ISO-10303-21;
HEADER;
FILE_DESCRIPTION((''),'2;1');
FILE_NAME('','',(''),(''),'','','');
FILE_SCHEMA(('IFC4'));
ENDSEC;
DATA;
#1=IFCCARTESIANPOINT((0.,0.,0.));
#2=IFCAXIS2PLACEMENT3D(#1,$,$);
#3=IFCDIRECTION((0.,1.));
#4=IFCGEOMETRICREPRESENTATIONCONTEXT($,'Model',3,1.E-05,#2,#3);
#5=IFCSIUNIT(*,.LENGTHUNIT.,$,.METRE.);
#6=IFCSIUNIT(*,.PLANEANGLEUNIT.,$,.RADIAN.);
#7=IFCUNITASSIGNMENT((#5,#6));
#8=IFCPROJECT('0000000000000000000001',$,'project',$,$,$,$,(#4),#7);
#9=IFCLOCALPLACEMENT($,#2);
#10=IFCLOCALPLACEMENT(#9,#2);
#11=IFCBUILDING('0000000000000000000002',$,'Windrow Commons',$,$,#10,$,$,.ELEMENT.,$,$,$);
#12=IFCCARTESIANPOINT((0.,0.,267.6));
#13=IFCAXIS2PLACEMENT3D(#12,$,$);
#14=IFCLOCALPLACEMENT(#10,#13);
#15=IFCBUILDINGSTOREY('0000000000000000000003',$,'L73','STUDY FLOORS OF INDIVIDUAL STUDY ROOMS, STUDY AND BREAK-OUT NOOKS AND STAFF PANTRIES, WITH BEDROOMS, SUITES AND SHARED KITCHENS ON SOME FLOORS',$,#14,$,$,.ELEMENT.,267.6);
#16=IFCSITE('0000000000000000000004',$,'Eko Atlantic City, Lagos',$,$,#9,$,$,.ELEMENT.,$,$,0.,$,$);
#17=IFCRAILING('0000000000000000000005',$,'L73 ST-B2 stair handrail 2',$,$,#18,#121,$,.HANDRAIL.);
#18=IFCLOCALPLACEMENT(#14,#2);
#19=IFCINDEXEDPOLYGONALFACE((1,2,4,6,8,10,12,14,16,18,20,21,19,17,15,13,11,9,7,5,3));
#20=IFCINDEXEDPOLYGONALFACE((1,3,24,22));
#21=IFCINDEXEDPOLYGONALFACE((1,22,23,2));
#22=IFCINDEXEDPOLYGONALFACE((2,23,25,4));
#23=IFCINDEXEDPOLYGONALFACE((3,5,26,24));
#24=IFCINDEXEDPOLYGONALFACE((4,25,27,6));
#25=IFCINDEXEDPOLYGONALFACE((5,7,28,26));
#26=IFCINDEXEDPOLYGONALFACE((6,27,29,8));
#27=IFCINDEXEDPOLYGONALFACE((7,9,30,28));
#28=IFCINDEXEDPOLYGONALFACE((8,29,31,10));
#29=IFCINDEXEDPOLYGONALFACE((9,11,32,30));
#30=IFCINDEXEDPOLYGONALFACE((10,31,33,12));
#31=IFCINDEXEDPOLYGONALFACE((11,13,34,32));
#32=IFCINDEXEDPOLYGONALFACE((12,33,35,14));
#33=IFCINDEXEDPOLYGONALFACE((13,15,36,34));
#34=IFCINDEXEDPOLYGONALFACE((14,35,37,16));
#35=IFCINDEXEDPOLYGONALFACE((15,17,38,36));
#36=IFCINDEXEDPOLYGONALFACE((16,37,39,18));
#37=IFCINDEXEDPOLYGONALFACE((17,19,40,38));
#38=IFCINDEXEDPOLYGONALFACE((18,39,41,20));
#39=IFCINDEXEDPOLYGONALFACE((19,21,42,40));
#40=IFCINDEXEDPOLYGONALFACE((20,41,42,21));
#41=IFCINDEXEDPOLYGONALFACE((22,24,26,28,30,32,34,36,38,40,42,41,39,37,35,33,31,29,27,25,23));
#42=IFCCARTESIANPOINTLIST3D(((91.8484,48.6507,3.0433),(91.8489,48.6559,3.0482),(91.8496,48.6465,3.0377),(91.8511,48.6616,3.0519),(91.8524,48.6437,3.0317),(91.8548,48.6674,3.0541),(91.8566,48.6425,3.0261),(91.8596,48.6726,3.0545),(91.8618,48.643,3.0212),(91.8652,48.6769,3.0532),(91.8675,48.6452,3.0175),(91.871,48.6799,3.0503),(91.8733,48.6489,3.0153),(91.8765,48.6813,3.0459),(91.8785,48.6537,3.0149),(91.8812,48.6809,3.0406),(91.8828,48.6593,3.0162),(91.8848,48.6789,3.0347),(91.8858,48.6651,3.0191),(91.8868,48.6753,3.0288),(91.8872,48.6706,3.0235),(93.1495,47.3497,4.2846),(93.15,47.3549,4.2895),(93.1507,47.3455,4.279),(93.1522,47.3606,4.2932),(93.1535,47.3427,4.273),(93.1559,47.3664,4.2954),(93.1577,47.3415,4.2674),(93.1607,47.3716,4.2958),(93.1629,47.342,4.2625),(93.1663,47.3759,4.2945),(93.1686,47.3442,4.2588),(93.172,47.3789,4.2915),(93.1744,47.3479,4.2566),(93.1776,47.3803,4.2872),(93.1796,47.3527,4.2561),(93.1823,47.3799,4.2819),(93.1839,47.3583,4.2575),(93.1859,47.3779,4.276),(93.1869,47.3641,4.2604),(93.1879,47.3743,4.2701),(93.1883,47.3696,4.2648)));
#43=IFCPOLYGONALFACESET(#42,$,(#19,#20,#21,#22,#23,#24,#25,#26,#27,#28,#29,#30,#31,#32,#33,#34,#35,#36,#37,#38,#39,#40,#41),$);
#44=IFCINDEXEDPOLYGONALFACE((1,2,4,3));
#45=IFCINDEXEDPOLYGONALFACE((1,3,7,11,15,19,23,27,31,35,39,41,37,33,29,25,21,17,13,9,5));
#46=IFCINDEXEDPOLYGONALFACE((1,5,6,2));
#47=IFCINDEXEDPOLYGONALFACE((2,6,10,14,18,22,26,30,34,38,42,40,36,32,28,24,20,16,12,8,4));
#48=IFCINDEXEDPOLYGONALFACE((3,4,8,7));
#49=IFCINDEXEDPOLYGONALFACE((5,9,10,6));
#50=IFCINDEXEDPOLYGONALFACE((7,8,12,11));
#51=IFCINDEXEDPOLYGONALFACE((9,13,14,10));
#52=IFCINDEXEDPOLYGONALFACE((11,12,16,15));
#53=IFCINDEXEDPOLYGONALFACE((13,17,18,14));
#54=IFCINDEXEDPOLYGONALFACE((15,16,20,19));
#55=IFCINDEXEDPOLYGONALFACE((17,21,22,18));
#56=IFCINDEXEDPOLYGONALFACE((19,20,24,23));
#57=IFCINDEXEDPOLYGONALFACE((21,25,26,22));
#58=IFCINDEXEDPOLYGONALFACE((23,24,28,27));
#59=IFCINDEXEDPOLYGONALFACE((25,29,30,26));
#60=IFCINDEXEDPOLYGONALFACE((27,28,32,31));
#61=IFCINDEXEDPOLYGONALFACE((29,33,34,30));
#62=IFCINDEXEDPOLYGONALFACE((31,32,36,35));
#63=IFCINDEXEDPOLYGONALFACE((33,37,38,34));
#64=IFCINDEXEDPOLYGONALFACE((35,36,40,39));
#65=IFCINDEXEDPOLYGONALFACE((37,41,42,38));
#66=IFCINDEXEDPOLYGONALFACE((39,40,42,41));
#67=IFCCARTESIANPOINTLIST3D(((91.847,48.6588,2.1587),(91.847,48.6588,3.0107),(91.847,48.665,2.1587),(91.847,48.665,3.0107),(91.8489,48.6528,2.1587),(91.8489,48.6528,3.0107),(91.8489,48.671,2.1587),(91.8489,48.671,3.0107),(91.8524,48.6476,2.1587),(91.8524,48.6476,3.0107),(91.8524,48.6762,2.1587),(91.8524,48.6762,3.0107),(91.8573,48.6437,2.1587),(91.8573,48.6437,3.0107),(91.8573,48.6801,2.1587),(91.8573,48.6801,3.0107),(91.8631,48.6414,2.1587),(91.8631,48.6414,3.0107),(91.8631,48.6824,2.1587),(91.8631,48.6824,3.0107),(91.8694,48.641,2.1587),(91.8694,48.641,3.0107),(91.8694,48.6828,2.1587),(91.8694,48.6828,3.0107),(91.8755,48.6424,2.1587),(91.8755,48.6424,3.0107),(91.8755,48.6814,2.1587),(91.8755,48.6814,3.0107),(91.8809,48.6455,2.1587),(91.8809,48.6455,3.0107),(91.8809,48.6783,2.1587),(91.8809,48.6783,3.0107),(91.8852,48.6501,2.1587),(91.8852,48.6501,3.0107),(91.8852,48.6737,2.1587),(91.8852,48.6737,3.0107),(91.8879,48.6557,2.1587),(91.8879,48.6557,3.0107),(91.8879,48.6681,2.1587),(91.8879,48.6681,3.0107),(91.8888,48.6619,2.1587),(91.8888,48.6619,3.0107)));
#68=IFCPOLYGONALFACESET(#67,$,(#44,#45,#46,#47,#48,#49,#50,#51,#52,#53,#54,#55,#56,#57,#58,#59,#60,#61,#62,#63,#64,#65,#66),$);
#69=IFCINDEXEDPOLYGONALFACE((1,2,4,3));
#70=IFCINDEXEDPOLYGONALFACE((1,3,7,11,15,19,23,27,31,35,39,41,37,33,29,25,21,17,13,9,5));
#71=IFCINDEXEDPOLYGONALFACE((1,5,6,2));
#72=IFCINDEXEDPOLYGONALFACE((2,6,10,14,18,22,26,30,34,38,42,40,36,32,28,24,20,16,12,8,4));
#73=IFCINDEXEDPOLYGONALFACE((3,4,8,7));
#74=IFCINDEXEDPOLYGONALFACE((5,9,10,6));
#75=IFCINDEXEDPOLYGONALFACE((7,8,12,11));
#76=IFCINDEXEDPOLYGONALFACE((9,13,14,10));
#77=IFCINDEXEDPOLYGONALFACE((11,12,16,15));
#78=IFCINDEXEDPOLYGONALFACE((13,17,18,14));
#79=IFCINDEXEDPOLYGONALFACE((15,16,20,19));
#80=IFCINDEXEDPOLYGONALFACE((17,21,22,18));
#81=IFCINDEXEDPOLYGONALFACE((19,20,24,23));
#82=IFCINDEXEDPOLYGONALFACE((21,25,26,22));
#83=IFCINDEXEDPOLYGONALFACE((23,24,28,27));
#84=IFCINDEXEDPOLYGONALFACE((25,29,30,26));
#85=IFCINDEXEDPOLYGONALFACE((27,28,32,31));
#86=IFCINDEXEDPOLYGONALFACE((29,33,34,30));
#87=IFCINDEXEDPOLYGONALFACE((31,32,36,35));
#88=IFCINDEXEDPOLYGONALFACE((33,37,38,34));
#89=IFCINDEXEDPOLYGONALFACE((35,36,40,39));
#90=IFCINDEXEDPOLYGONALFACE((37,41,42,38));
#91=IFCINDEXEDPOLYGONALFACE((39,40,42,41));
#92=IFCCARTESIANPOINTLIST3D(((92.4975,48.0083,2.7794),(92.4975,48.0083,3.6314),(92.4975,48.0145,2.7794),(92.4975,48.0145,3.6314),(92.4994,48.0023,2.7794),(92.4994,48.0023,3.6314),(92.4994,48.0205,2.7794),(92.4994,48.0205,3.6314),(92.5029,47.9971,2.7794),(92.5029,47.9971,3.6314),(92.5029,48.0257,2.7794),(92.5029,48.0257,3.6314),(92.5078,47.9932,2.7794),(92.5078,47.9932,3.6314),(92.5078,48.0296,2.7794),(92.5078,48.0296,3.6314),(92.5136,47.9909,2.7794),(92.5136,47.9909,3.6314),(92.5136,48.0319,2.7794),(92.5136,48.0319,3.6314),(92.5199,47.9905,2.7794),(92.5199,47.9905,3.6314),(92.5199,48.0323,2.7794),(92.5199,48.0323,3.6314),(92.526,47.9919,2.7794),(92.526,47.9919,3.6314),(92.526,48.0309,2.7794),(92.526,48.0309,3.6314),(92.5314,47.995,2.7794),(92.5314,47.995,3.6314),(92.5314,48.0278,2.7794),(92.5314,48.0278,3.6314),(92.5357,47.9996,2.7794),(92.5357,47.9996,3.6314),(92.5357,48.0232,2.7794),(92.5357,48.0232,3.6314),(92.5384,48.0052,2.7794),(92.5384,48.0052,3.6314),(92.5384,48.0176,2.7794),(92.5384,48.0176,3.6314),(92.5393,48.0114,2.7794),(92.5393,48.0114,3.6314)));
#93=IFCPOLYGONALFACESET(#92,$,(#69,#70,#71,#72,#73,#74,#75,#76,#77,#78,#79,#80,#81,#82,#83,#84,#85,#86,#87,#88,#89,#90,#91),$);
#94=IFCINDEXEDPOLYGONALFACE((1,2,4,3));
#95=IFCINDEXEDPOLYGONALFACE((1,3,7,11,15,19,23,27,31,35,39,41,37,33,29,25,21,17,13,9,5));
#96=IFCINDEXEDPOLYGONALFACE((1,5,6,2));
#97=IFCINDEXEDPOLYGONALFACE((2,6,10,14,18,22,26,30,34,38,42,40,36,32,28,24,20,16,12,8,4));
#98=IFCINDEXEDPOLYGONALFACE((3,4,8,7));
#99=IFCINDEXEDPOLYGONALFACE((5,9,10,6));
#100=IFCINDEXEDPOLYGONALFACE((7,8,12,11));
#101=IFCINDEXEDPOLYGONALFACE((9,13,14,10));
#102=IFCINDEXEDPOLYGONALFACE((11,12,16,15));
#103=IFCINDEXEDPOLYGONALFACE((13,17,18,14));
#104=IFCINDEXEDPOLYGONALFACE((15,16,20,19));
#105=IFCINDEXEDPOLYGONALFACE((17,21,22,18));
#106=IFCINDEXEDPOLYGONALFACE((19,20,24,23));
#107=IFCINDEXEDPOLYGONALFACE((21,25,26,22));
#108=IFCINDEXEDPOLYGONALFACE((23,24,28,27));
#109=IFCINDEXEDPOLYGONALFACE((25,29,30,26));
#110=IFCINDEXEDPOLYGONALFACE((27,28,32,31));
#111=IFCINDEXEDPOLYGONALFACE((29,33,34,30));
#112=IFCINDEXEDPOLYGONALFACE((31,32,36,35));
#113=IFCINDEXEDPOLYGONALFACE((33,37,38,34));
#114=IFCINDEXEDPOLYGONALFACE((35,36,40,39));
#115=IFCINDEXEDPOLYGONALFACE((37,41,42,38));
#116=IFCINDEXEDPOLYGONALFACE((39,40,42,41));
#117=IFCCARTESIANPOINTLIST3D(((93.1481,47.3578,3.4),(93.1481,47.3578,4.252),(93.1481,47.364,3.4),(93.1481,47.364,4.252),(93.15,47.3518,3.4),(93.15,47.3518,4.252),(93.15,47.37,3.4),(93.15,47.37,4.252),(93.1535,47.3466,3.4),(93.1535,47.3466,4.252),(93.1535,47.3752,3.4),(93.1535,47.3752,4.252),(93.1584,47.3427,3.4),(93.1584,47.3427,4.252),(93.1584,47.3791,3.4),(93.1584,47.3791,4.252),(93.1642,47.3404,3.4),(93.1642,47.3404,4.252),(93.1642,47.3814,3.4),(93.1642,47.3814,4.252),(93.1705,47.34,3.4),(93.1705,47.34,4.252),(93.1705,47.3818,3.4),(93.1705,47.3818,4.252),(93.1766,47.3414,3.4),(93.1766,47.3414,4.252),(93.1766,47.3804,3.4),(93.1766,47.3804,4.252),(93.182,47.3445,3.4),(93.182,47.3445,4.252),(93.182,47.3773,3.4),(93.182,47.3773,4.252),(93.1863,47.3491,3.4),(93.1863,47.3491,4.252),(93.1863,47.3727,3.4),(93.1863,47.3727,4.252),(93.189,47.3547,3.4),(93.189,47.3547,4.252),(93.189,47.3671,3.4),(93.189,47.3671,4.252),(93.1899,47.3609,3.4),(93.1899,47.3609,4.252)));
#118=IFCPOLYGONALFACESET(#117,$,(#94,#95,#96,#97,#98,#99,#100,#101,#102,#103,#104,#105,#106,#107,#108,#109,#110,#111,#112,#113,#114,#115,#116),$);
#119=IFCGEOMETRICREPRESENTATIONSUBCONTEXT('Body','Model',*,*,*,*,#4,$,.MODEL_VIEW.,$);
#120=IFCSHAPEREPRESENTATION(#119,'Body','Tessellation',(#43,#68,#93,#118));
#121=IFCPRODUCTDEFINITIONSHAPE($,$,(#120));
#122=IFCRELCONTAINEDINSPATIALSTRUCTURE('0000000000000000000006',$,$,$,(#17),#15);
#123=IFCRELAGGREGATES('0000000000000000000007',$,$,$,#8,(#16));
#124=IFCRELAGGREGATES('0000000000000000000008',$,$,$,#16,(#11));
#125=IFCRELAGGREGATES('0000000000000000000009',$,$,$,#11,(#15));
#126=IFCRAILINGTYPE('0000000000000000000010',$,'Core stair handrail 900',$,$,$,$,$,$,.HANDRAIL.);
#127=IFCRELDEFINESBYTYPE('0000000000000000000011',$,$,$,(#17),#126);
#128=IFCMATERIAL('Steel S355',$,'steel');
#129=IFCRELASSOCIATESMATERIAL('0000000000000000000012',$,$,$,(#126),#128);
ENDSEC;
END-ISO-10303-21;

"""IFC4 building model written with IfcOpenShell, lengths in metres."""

from ifc_helpers import new_model, si_unit, direction, frame, origin, origin_2d, place, context, subcontext, project, spatial, circle, extrude, material, type_object, element, save


model = new_model("IFC4")

# Units and contexts
model_context = context("Model", 3, precision=1e-05, world=origin(), true_north=direction((0.0, 1.0)))
body_context = subcontext(model_context, "Body", "Model", "MODEL_VIEW")
ifc_project = project(units=[si_unit("LENGTHUNIT", "METRE"), si_unit("PLANEANGLEUNIT", "RADIAN")], contexts=[model_context])

# Site, building, storey
site_placement = place(None, origin())
site = spatial("IfcSite", under=ifc_project, at=site_placement, Name="Eko Atlantic City, Lagos", CompositionType="ELEMENT", RefElevation=0.0)
building_placement = place(site_placement, origin())
building = spatial("IfcBuilding", under=site, at=building_placement, Name="Windrow Commons", CompositionType="ELEMENT")
storey_placement = place(building_placement, frame((0.0, 0.0, 267.6)))
storey = spatial("IfcBuildingStorey", under=building, at=storey_placement, Name="L73", Description="STUDY FLOORS OF INDIVIDUAL STUDY ROOMS, STUDY AND BREAK-OUT NOOKS AND STAFF PANTRIES, WITH BEDROOMS, SUITES AND SHARED KITCHENS ON SOME FLOORS", CompositionType="ELEMENT", Elevation=267.6)

# Railing
ifc_material_1 = material(Name="Steel S355", Category="steel")
railing_type_1 = type_object("IfcRailingType", Name="Core stair handrail 900", PredefinedType="HANDRAIL", material=ifc_material_1)
railing_1_placement = place(storey_placement, frame((91.8678, 48.6619, 2.1587)))
element("IfcRailing", 1, at=railing_1_placement, inside=storey, type_object=railing_type_1, Name="L73 ST-B2 stair handrail 2", PredefinedType="HANDRAIL", context=body_context, shape_type="SweptSolid", body=[
    extrude(circle(Radius=0.024, at=origin_2d()), frame((0.0, 0.0, 0.876), z_axis=(0.586207, -0.586162, 0.559264), x_axis=(0.70708, 0.707134, 0.0)), (0.0, 0.0, 1.0), 2.2195),
    extrude(circle(Radius=0.021, at=origin_2d()), origin(), (0.0, 0.0, 1.0), 0.852),
    extrude(circle(Radius=0.021, at=origin_2d()), frame((0.6505, -0.6505, 0.6207)), (0.0, 0.0, 1.0), 0.852),
    extrude(circle(Radius=0.021, at=origin_2d()), frame((1.3011, -1.301, 1.2413)), (0.0, 0.0, 1.0), 0.852),
])

save(model, "model.ifc")
